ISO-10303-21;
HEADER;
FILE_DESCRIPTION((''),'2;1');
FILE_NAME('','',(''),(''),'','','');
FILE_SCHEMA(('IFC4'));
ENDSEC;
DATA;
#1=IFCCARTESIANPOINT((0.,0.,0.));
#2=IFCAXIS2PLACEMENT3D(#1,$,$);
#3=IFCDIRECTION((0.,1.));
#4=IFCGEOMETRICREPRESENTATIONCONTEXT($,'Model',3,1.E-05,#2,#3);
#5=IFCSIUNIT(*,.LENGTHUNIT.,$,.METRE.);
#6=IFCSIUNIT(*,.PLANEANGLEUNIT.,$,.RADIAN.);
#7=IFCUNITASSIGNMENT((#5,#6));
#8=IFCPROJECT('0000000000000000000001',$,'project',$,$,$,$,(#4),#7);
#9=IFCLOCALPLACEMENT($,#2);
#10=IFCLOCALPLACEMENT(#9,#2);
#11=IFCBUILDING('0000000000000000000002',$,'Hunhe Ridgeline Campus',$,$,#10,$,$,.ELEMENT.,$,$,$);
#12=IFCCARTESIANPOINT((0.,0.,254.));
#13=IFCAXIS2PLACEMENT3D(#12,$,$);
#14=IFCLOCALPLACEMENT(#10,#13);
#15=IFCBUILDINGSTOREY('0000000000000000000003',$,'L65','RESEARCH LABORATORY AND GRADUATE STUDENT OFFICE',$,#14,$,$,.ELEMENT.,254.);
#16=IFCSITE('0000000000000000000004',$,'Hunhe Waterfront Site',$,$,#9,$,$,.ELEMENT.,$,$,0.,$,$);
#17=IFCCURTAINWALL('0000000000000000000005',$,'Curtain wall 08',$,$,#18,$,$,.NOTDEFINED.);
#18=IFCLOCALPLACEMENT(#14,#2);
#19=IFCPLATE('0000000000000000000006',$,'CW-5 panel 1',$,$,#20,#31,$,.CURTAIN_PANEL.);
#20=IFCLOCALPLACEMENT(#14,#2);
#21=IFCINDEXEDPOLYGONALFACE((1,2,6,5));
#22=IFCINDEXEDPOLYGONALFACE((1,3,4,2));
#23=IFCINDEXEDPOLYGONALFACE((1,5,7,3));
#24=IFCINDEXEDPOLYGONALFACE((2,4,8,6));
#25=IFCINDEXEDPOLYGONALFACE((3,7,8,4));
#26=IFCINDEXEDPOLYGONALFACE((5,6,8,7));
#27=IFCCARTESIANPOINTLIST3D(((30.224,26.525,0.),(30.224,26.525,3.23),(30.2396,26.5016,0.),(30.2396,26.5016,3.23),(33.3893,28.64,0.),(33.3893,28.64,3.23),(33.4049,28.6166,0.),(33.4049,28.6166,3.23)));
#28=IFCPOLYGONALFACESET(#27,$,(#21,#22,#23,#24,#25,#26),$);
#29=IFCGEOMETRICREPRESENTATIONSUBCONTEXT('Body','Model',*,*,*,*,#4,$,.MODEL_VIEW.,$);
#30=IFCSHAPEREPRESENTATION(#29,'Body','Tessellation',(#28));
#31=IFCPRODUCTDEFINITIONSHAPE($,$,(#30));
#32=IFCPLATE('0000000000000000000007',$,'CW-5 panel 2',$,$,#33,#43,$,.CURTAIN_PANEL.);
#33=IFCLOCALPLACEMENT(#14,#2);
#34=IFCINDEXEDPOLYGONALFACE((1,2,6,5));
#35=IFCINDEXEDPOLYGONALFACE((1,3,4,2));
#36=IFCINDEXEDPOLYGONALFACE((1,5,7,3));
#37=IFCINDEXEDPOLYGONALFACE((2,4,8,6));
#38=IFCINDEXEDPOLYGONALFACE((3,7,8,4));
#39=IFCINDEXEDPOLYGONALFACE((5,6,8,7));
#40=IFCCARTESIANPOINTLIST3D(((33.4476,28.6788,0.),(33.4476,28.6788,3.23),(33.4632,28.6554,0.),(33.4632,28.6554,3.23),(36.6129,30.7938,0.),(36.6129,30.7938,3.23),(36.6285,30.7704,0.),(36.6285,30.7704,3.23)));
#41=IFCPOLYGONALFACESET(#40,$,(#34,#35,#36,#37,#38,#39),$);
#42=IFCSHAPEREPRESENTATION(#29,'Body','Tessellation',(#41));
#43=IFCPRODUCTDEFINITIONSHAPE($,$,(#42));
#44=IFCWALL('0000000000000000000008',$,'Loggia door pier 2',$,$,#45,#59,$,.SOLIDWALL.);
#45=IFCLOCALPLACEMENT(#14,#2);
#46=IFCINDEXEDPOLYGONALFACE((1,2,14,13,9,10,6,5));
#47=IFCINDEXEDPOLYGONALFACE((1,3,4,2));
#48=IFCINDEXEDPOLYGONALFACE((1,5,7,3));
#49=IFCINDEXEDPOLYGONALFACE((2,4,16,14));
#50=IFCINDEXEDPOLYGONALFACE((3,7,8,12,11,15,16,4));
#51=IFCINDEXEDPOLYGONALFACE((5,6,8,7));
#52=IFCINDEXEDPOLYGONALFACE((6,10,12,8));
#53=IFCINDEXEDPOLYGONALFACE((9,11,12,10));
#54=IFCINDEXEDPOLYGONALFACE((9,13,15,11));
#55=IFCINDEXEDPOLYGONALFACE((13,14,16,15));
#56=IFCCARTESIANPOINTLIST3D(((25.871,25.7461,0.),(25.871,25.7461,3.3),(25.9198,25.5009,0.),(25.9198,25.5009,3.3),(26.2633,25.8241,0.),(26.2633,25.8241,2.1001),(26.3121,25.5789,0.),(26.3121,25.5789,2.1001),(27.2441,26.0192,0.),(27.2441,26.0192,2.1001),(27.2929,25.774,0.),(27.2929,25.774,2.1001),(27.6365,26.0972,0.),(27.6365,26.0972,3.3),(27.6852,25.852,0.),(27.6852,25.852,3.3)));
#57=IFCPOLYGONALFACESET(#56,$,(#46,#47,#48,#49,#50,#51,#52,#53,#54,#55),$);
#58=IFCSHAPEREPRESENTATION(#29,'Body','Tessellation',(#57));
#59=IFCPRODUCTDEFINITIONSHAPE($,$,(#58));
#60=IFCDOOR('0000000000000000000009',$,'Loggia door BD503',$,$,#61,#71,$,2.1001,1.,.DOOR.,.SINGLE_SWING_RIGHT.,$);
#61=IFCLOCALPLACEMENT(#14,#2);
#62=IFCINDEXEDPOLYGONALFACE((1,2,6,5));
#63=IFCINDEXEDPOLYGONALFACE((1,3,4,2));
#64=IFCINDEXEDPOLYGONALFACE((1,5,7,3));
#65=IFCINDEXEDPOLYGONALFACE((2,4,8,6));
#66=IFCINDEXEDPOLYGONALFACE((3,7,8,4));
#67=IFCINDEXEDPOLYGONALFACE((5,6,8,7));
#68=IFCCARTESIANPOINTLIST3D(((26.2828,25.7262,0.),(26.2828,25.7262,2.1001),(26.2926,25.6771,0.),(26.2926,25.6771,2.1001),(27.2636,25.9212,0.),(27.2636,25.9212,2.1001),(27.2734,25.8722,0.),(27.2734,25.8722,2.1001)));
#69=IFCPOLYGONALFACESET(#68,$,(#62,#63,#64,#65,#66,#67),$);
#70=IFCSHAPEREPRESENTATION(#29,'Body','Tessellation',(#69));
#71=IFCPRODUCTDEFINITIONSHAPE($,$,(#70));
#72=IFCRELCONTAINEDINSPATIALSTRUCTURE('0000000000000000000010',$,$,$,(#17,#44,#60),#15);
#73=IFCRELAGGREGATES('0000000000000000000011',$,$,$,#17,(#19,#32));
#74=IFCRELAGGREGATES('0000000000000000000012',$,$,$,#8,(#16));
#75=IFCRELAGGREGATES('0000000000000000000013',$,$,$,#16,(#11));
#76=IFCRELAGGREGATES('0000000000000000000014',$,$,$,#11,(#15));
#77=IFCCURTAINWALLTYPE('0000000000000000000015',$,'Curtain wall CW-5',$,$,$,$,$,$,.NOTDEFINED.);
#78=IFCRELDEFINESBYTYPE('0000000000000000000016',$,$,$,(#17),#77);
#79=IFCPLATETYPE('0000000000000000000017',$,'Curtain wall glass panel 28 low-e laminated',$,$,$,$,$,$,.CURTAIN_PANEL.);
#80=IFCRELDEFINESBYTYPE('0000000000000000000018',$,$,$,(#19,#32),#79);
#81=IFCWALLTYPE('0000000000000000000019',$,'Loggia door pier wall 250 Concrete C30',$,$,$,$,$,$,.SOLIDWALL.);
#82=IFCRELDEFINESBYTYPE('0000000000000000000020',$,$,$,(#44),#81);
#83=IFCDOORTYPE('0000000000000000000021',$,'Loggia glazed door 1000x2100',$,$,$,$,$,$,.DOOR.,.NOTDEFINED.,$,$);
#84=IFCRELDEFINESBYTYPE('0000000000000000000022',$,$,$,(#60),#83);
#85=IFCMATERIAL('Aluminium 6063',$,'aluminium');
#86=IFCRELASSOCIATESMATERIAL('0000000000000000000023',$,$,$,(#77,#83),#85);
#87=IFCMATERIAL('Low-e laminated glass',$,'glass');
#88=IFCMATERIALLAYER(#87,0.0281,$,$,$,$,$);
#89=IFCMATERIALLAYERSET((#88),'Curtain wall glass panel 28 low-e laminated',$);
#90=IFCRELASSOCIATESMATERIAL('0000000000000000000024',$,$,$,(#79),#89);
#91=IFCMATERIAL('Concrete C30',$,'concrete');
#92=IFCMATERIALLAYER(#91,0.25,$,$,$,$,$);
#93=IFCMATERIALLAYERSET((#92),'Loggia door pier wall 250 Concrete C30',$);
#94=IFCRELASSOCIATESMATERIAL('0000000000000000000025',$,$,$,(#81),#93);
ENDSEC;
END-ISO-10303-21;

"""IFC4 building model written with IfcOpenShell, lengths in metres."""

from ifc_helpers import new_model, si_unit, direction, frame, frame_2d, origin, origin_2d, place, context, subcontext, project, spatial, rectangle, extrude, material, layer, layer_set, type_object, element, fill, aggregate, save


model = new_model("IFC4")

# Units and contexts
model_context = context("Model", 3, precision=1e-05, world=origin(), true_north=direction((0.0, 1.0)))
body_context = subcontext(model_context, "Body", "Model", "MODEL_VIEW")
ifc_project = project(units=[si_unit("LENGTHUNIT", "METRE"), si_unit("PLANEANGLEUNIT", "RADIAN")], contexts=[model_context])

# Site, building, storey
site_placement = place(None, origin())
site = spatial("IfcSite", under=ifc_project, at=site_placement, Name="Hunhe Waterfront Site", CompositionType="ELEMENT", RefElevation=0.0)
building_placement = place(site_placement, origin())
building = spatial("IfcBuilding", under=site, at=building_placement, Name="Hunhe Ridgeline Campus", CompositionType="ELEMENT")
storey_placement = place(building_placement, frame((0.0, 0.0, 254.0)))
storey = spatial("IfcBuildingStorey", under=building, at=storey_placement, Name="L65", Description="RESEARCH LABORATORY AND GRADUATE STUDENT OFFICE", CompositionType="ELEMENT", Elevation=254.0)

# Curtain wall
ifc_material_1 = material(Name="Aluminium 6063", Category="aluminium")
curtain_wall_type = type_object("IfcCurtainWallType", Name="Curtain wall CW-5", PredefinedType="NOTDEFINED", material=ifc_material_1)
curtain_wall_1_placement = place(storey_placement, origin())
curtain_wall_1 = element("IfcCurtainWall", 1, at=curtain_wall_1_placement, inside=storey, type_object=curtain_wall_type, Name="Curtain wall 08", PredefinedType="NOTDEFINED")

# Plates
ifc_material_2 = material(Name="Low-e laminated glass", Category="glass")
ifc_layer_1 = layer(ifc_material_2, 0.0281)
ifc_layer_set_1 = layer_set([ifc_layer_1], Name="Curtain wall glass panel 28 low-e laminated")
plate_type = type_object("IfcPlateType", Name="Curtain wall glass panel 28 low-e laminated", PredefinedType="CURTAIN_PANEL", material=ifc_layer_set_1)
plate_1_placement = place(storey_placement, frame((31.8145, 27.5708, 0.0), z_axis=(0.0, 0.0, 1.0), x_axis=(0.83147, 0.55557, 0.0)))
plate_1 = element("IfcPlate", 2, at=plate_1_placement, type_object=plate_type, Name="CW-5 panel 1", PredefinedType="CURTAIN_PANEL", context=body_context, shape_type="SweptSolid", body=[
    extrude(rectangle(XDim=3.8069, YDim=0.0281, at=origin_2d()), origin(), (0.0, 0.0, 1.0), 3.23),
])
plate_2_placement = place(storey_placement, frame((35.0381, 29.7246, 0.0), z_axis=(0.0, 0.0, 1.0), x_axis=(0.83147, 0.55557, 0.0)))
plate_2 = element("IfcPlate", 3, at=plate_2_placement, type_object=plate_type, Name="CW-5 panel 2", PredefinedType="CURTAIN_PANEL", context=body_context, shape_type="SweptSolid", body=[
    extrude(rectangle(XDim=3.8069, YDim=0.0281, at=origin_2d()), origin(), (0.0, 0.0, 1.0), 3.23),
])
aggregate(curtain_wall_1, [plate_1, plate_2])

# Wall, opening, door
ifc_material_3 = material(Name="Concrete C30", Category="concrete")
ifc_layer_2 = layer(ifc_material_3, 0.25)
ifc_layer_set_2 = layer_set([ifc_layer_2], Name="Loggia door pier wall 250 Concrete C30")
wall_type_1 = type_object("IfcWallType", Name="Loggia door pier wall 250 Concrete C30", PredefinedType="SOLIDWALL", material=ifc_layer_set_2)
wall_1_placement = place(storey_placement, frame((25.8955, 25.6235, 0.0), z_axis=(0.0, 0.0, 1.0), x_axis=(0.980794, 0.195047, 0.0)))
wall_1 = element("IfcWall", 4, at=wall_1_placement, inside=storey, type_object=wall_type_1, Name="Loggia door pier 2", PredefinedType="SOLIDWALL", context=body_context, shape_type="SweptSolid", body=[
    extrude(rectangle(XDim=1.8, YDim=0.25, at=frame_2d((0.8999, 0.0))), origin(), (0.0, 0.0, 1.0), 3.3),
])
opening_1_placement = place(wall_1_placement, frame((0.3999, 0.0, 0.0)))
opening_1 = element("IfcOpeningElement", 5, at=opening_1_placement, cuts=wall_1, PredefinedType="OPENING", context=body_context, shape_type="SweptSolid", body=[
    extrude(rectangle(XDim=1.0, YDim=2.1001, at=frame_2d((0.5, 1.05))), frame((0.0, 0.125, 0.0), z_axis=(0.0, -1.0, 0.0), x_axis=(1.0, 0.0, 0.0)), (0.0, 0.0, 1.0), 0.25),
])
door_type_1 = type_object("IfcDoorType", Name="Loggia glazed door 1000x2100", OperationType="NOTDEFINED", PredefinedType="DOOR", material=ifc_material_1)
door_1_placement = place(opening_1_placement, frame((1.0, 0.0, 0.0), z_axis=(0.0, 0.0, 1.0), x_axis=(-1.0, 0.0, 0.0)))
door_1 = element("IfcDoor", 6, at=door_1_placement, inside=storey, type_object=door_type_1, Name="Loggia door BD503", OperationType="SINGLE_SWING_RIGHT", OverallHeight=2.1001, OverallWidth=1.0, PredefinedType="DOOR", context=body_context, shape_type="SweptSolid", body=[
    extrude(rectangle(XDim=1.0, YDim=2.1001, at=frame_2d((0.5, 1.05))), frame((0.0, 0.0249, 0.0), z_axis=(0.0, -1.0, 0.0), x_axis=(1.0, 0.0, 0.0)), (0.0, 0.0, 1.0), 0.05),
])
fill(opening_1, door_1)

save(model, "model.ifc")
